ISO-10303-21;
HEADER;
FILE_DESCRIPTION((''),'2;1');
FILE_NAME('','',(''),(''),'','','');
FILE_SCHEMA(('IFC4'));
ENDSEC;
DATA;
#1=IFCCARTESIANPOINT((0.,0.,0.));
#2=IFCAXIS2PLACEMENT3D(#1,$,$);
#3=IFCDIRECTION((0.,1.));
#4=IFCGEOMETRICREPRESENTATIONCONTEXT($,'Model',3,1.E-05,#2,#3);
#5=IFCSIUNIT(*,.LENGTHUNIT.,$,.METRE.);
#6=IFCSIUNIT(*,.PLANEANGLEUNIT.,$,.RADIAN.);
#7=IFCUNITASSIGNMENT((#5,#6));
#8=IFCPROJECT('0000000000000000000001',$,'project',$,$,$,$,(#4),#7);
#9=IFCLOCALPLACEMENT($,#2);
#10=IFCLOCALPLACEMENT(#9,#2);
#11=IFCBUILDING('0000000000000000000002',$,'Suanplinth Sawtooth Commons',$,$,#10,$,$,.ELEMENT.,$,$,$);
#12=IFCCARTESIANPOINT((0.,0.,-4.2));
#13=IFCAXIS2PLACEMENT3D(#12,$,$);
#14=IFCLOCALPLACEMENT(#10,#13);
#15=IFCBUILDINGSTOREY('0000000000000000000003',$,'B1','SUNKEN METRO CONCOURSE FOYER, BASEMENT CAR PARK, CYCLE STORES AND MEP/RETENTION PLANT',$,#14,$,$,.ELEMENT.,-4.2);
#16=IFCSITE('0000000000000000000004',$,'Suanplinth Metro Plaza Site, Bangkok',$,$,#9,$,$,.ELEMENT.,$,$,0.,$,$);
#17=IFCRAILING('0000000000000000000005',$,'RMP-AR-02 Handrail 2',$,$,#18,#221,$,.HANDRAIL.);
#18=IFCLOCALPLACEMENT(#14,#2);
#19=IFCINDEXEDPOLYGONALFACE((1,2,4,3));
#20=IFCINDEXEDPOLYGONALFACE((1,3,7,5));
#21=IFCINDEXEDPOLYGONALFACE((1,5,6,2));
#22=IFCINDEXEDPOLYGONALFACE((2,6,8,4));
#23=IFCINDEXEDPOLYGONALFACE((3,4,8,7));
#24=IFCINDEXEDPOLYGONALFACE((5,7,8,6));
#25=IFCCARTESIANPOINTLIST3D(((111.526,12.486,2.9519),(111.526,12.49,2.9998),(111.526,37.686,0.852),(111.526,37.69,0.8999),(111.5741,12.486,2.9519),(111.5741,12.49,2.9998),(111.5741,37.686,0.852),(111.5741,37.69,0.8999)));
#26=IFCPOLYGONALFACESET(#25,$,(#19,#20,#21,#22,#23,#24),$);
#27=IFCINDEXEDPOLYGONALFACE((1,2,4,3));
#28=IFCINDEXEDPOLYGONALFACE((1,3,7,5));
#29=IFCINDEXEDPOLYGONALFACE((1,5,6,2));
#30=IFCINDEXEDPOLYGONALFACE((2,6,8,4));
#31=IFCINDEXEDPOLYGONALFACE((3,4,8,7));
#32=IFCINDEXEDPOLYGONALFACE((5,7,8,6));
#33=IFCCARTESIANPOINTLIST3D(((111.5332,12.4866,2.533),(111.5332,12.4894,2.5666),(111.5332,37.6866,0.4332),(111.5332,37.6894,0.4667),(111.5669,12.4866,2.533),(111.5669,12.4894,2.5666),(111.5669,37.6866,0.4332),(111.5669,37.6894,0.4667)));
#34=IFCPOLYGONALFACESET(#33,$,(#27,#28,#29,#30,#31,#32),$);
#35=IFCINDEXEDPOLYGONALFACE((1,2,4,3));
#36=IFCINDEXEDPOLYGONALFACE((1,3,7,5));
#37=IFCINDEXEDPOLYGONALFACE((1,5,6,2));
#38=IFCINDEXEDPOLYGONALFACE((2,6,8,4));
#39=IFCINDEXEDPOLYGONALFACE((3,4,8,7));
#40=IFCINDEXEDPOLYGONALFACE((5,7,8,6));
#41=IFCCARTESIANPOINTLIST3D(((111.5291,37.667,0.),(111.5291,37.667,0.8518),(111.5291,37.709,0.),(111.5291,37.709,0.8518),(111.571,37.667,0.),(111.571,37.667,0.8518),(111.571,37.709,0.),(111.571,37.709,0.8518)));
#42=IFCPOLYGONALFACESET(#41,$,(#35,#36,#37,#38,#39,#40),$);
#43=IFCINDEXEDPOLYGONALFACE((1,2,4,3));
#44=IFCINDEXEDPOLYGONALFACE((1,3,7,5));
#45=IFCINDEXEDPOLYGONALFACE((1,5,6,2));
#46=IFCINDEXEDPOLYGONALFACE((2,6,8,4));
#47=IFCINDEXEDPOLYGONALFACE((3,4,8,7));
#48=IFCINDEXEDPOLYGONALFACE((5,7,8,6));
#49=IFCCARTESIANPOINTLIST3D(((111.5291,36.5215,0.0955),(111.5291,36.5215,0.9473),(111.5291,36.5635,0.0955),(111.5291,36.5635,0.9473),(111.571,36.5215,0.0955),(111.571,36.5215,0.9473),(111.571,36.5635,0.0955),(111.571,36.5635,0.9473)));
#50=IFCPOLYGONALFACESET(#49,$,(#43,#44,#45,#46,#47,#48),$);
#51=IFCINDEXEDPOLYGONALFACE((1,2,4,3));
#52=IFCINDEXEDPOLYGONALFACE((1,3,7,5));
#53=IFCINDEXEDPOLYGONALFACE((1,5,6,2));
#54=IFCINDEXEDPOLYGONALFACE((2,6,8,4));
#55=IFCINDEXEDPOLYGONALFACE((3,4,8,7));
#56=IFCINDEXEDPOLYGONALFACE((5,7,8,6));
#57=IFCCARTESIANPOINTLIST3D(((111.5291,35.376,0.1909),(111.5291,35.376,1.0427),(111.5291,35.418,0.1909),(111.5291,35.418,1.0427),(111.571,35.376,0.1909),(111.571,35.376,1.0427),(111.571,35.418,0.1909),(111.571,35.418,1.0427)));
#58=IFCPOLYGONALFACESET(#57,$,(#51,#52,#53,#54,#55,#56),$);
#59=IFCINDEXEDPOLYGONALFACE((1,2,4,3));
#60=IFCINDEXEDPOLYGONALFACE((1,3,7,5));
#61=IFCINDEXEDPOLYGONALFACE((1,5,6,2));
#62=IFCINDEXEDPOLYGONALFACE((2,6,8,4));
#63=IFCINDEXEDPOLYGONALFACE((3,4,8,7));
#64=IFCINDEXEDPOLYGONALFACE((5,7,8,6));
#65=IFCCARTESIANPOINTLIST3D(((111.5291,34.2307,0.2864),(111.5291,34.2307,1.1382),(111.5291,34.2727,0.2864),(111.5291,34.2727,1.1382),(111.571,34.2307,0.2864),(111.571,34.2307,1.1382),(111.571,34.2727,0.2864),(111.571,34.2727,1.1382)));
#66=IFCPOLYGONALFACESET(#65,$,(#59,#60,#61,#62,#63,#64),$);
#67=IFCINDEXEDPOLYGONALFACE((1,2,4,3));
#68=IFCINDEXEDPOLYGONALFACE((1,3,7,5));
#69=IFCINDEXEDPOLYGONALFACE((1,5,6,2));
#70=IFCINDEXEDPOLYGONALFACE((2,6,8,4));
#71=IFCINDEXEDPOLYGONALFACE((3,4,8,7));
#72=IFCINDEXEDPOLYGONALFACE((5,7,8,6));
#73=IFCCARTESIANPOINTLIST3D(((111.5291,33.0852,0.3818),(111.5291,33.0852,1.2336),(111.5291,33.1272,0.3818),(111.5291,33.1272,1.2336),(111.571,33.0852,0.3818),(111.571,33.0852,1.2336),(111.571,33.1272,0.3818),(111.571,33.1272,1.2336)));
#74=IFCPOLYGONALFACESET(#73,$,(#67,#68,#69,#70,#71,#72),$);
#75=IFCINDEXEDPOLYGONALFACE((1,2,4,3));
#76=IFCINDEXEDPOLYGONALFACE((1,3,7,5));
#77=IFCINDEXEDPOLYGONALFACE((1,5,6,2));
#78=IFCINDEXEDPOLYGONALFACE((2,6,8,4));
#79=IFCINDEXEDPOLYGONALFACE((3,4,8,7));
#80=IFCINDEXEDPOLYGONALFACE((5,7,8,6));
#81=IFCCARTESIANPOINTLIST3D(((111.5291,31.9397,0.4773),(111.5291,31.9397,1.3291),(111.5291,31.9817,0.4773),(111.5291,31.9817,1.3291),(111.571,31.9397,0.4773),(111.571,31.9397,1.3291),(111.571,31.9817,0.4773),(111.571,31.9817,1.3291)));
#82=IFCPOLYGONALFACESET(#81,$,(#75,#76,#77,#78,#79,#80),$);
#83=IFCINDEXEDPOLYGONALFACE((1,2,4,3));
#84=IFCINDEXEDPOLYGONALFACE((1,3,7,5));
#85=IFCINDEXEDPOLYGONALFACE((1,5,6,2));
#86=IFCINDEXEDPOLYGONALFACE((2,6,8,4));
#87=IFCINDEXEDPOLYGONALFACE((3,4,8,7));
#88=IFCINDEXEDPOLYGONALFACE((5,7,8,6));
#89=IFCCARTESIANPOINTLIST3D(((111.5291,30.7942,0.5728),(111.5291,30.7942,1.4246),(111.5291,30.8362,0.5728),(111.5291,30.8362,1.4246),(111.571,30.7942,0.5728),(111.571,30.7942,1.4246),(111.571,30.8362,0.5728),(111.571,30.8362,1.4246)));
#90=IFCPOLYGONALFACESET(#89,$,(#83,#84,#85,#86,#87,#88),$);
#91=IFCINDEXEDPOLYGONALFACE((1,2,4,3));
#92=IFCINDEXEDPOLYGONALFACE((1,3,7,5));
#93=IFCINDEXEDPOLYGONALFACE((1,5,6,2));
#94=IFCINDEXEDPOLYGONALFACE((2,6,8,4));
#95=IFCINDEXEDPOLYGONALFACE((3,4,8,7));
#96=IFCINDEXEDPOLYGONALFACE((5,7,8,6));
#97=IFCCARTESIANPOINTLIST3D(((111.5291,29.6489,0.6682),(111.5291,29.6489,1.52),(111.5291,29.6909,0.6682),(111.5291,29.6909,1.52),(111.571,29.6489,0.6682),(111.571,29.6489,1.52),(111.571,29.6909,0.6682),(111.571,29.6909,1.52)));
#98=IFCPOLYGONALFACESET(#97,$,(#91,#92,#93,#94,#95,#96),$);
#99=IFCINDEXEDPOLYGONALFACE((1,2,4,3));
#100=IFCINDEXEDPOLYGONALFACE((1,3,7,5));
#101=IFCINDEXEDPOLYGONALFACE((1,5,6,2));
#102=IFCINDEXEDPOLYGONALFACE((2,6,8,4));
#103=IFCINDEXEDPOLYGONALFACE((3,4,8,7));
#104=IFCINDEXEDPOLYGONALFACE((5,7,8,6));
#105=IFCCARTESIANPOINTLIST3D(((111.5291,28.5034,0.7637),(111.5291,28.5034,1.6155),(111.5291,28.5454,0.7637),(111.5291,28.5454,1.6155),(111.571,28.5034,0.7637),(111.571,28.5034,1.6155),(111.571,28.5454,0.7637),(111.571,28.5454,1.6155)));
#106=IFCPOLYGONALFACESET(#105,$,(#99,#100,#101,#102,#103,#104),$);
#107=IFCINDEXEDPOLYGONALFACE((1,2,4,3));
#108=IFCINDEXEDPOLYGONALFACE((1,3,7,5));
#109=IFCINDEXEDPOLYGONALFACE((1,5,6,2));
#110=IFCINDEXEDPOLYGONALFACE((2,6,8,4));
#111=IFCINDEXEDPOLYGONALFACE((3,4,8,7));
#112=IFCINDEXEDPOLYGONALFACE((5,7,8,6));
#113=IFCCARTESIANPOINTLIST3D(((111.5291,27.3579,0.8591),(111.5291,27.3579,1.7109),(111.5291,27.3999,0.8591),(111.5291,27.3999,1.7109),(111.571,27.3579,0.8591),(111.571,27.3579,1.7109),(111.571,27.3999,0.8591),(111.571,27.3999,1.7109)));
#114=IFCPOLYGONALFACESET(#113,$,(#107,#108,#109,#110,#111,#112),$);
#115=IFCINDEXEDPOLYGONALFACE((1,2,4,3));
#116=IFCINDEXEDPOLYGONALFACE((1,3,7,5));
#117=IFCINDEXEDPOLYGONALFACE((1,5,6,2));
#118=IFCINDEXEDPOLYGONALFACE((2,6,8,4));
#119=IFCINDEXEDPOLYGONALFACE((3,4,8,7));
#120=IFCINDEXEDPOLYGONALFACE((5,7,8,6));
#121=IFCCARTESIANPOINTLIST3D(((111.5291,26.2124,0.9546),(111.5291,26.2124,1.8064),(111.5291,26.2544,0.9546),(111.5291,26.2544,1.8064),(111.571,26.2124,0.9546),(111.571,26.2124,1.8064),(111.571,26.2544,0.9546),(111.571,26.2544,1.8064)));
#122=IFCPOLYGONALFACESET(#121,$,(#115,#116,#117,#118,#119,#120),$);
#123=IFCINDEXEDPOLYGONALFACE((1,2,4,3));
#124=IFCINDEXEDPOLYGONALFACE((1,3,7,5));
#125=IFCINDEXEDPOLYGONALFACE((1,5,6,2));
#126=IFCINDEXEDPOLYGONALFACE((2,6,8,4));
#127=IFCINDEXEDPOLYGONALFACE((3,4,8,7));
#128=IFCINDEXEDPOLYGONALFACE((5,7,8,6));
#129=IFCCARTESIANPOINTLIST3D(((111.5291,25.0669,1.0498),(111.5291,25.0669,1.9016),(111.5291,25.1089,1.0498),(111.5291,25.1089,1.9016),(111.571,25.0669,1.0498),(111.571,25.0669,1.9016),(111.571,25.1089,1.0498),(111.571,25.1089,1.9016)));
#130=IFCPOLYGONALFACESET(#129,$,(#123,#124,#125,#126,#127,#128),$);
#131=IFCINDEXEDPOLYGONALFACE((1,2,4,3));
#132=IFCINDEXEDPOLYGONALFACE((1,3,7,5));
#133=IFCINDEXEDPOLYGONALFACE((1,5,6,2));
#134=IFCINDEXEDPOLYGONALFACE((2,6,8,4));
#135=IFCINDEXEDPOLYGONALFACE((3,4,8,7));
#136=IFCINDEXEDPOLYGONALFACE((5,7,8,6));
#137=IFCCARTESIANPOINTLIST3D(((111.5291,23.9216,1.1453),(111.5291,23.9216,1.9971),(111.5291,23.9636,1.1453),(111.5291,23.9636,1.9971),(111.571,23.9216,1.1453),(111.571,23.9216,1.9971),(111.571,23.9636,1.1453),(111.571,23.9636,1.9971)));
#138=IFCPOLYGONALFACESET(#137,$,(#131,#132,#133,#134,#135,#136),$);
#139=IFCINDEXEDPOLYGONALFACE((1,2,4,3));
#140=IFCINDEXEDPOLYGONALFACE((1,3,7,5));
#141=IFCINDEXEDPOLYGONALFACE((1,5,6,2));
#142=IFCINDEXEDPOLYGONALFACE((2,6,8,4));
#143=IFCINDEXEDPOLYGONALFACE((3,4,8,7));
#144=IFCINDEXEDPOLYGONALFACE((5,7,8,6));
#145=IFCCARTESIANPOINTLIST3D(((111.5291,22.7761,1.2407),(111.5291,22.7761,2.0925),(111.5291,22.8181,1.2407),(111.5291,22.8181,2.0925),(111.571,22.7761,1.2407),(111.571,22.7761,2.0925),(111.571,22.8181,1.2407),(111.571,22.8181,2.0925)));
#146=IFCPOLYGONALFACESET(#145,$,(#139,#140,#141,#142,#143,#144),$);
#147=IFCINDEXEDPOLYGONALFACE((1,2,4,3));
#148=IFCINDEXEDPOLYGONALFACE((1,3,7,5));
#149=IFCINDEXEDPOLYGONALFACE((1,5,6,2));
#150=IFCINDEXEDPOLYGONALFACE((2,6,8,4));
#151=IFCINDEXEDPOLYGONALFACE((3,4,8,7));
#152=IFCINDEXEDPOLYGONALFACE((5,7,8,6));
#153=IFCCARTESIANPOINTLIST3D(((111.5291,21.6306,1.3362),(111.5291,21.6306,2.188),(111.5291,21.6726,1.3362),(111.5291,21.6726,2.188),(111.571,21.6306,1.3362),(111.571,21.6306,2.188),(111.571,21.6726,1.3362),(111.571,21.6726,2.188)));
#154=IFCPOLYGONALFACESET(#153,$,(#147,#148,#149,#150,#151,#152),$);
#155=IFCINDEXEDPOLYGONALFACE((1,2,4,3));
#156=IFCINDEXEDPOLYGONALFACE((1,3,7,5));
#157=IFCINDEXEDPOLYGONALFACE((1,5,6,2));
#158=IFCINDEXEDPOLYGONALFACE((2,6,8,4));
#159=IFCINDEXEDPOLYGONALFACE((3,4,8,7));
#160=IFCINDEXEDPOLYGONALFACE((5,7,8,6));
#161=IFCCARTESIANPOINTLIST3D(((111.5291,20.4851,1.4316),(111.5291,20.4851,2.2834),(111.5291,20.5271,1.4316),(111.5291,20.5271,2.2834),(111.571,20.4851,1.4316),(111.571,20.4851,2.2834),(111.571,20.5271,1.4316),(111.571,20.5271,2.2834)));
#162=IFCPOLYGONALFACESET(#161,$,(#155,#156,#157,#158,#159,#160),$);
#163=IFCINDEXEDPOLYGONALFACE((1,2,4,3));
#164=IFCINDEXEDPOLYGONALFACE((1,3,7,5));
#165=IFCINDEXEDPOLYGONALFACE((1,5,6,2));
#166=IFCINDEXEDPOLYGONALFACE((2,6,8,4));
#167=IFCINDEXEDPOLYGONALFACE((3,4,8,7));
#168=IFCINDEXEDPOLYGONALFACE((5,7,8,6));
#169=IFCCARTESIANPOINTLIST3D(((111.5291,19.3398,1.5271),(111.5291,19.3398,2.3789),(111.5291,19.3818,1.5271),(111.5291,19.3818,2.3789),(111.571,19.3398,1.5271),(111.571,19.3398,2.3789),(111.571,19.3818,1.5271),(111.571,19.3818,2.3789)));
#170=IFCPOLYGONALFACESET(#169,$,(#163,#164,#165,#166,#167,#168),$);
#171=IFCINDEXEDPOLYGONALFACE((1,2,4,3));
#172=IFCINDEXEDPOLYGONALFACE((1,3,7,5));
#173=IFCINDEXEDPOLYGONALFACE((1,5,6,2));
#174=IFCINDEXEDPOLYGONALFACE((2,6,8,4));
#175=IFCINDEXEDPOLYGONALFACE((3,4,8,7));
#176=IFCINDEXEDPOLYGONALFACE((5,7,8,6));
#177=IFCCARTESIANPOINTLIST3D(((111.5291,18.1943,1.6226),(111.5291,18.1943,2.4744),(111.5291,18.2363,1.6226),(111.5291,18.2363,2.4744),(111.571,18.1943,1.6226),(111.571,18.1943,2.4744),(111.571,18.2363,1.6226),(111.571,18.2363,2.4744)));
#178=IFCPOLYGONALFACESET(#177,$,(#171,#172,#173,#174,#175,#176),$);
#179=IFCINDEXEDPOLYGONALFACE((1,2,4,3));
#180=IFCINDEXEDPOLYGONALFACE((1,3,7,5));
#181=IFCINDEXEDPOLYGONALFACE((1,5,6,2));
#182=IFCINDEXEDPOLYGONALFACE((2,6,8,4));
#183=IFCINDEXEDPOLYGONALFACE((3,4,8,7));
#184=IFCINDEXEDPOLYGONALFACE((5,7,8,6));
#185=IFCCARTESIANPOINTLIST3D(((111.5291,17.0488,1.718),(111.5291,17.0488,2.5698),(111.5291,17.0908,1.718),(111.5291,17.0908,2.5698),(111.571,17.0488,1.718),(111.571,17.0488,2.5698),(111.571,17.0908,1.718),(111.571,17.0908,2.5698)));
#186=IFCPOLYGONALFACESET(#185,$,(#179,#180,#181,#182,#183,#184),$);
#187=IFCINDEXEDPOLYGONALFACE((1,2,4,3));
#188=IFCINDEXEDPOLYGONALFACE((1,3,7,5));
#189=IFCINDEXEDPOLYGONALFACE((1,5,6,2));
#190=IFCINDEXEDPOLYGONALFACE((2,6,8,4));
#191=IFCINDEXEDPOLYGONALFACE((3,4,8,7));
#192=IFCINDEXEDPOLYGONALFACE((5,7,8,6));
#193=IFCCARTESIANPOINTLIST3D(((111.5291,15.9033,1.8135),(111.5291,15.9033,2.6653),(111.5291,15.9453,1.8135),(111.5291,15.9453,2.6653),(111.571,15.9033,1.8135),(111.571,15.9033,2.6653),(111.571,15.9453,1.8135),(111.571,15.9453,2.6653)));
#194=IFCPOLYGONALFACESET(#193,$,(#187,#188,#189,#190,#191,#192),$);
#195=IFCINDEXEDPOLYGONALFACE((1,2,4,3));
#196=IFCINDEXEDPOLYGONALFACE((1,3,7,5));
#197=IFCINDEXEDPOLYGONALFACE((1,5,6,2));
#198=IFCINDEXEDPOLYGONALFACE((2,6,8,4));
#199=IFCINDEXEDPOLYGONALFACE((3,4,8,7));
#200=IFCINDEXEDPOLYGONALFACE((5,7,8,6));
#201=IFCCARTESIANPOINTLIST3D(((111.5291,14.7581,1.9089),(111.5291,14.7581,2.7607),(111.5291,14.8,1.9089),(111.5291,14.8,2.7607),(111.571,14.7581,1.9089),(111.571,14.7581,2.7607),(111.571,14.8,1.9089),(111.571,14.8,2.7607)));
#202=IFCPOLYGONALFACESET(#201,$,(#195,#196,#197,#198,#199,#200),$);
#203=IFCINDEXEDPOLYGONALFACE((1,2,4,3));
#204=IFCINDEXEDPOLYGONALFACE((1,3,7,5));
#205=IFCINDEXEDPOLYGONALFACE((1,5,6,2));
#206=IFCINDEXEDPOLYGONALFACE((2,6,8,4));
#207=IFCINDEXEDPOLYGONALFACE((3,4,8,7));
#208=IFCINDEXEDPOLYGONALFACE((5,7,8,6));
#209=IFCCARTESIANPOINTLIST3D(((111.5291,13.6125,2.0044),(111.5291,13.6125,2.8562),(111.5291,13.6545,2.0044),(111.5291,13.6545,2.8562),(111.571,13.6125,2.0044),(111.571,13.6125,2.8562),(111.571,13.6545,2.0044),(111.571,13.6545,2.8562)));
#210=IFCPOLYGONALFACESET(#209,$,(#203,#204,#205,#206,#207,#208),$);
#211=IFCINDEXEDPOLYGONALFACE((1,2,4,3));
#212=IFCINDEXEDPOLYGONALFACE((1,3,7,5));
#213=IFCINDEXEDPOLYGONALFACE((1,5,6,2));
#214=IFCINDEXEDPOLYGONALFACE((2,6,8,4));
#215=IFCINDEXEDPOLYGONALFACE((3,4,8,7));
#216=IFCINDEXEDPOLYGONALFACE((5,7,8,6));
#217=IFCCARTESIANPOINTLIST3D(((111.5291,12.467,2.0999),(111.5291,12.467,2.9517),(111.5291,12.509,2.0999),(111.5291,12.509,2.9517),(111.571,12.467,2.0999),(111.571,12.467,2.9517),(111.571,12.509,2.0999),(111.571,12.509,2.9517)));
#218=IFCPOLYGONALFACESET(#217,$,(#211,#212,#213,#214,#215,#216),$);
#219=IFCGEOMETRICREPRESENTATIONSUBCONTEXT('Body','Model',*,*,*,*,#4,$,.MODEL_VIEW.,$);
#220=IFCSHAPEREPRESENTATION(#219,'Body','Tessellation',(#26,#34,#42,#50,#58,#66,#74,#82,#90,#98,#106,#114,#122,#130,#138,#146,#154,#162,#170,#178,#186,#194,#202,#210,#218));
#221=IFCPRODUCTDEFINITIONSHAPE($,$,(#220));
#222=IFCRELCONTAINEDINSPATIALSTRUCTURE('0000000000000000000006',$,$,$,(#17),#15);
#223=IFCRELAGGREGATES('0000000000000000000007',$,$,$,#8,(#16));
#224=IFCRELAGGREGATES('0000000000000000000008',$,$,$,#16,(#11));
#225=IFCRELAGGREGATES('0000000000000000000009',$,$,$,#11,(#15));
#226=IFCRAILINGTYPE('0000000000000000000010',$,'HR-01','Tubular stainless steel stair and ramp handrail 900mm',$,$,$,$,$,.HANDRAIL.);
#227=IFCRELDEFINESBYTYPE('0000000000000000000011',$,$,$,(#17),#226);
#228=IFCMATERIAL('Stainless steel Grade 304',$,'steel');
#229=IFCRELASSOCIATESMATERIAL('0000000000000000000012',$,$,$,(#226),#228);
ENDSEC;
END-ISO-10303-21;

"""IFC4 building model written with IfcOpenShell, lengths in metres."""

from ifc_helpers import new_model, si_unit, direction, frame, origin, origin_2d, place, context, subcontext, project, spatial, rectangle, extrude, material, type_object, element, save


model = new_model("IFC4")

# Units and contexts
model_context = context("Model", 3, precision=1e-05, world=origin(), true_north=direction((0.0, 1.0)))
body_context = subcontext(model_context, "Body", "Model", "MODEL_VIEW")
ifc_project = project(units=[si_unit("LENGTHUNIT", "METRE"), si_unit("PLANEANGLEUNIT", "RADIAN")], contexts=[model_context])

# Site, building, storey
site_placement = place(None, origin())
site = spatial("IfcSite", under=ifc_project, at=site_placement, Name="Suanplinth Metro Plaza Site, Bangkok", CompositionType="ELEMENT", RefElevation=0.0)
building_placement = place(site_placement, origin())
building = spatial("IfcBuilding", under=site, at=building_placement, Name="Suanplinth Sawtooth Commons", CompositionType="ELEMENT")
storey_placement = place(building_placement, frame((0.0, 0.0, -4.2)))
storey = spatial("IfcBuildingStorey", under=building, at=storey_placement, Name="B1", Description="SUNKEN METRO CONCOURSE FOYER, BASEMENT CAR PARK, CYCLE STORES AND MEP/RETENTION PLANT", CompositionType="ELEMENT", Elevation=-4.2)

# Railing
ifc_material_1 = material(Name="Stainless steel Grade 304", Category="steel")
railing_type_1 = type_object("IfcRailingType", Name="HR-01", Description="Tubular stainless steel stair and ramp handrail 900mm", PredefinedType="HANDRAIL", material=ifc_material_1)
railing_1_placement = place(storey_placement, frame((111.55, 37.688, 0.0)))
element("IfcRailing", 1, at=railing_1_placement, inside=storey, type_object=railing_type_1, Name="RMP-AR-02 Handrail 2", PredefinedType="HANDRAIL", context=body_context, shape_type="SweptSolid", body=[
    extrude(rectangle(XDim=0.0481, YDim=0.0481, at=origin_2d()), frame((0.0, 0.0, 0.876), z_axis=(0.0, -0.996546, 0.08304), x_axis=(1.0, 0.0, 0.0)), (0.0, 0.0, 1.0), 25.2874),
    extrude(rectangle(XDim=0.0337, YDim=0.0337, at=origin_2d()), frame((0.0, 0.0, 0.45), z_axis=(0.0, -0.996546, 0.08304), x_axis=(1.0, 0.0, 0.0)), (0.0, 0.0, 1.0), 25.2874),
    extrude(rectangle(XDim=0.042, YDim=0.042, at=origin_2d()), origin(), (0.0, 0.0, 1.0), 0.8518),
    extrude(rectangle(XDim=0.042, YDim=0.042, at=origin_2d()), frame((0.0, -1.1455, 0.0955)), (0.0, 0.0, 1.0), 0.8518),
    extrude(rectangle(XDim=0.042, YDim=0.042, at=origin_2d()), frame((0.0, -2.291, 0.1909)), (0.0, 0.0, 1.0), 0.8518),
    extrude(rectangle(XDim=0.042, YDim=0.042, at=origin_2d()), frame((0.0, -3.4363, 0.2864)), (0.0, 0.0, 1.0), 0.8518),
    extrude(rectangle(XDim=0.042, YDim=0.042, at=origin_2d()), frame((0.0, -4.5818, 0.3818)), (0.0, 0.0, 1.0), 0.8518),
    extrude(rectangle(XDim=0.042, YDim=0.042, at=origin_2d()), frame((0.0, -5.7273, 0.4773)), (0.0, 0.0, 1.0), 0.8518),
    extrude(rectangle(XDim=0.042, YDim=0.042, at=origin_2d()), frame((0.0, -6.8728, 0.5728)), (0.0, 0.0, 1.0), 0.8518),
    extrude(rectangle(XDim=0.042, YDim=0.042, at=origin_2d()), frame((0.0, -8.0181, 0.6682)), (0.0, 0.0, 1.0), 0.8518),
    extrude(rectangle(XDim=0.042, YDim=0.042, at=origin_2d()), frame((0.0, -9.1636, 0.7637)), (0.0, 0.0, 1.0), 0.8518),
    extrude(rectangle(XDim=0.042, YDim=0.042, at=origin_2d()), frame((0.0, -10.3091, 0.8591)), (0.0, 0.0, 1.0), 0.8518),
    extrude(rectangle(XDim=0.042, YDim=0.042, at=origin_2d()), frame((0.0, -11.4546, 0.9546)), (0.0, 0.0, 1.0), 0.8518),
    extrude(rectangle(XDim=0.042, YDim=0.042, at=origin_2d()), frame((0.0, -12.6001, 1.0498)), (0.0, 0.0, 1.0), 0.8518),
    extrude(rectangle(XDim=0.042, YDim=0.042, at=origin_2d()), frame((0.0, -13.7454, 1.1453)), (0.0, 0.0, 1.0), 0.8518),
    extrude(rectangle(XDim=0.042, YDim=0.042, at=origin_2d()), frame((0.0, -14.8909, 1.2407)), (0.0, 0.0, 1.0), 0.8518),
    extrude(rectangle(XDim=0.042, YDim=0.042, at=origin_2d()), frame((0.0, -16.0364, 1.3362)), (0.0, 0.0, 1.0), 0.8518),
    extrude(rectangle(XDim=0.042, YDim=0.042, at=origin_2d()), frame((0.0, -17.1819, 1.4316)), (0.0, 0.0, 1.0), 0.8518),
    extrude(rectangle(XDim=0.042, YDim=0.042, at=origin_2d()), frame((0.0, -18.3271, 1.5271)), (0.0, 0.0, 1.0), 0.8518),
    extrude(rectangle(XDim=0.042, YDim=0.042, at=origin_2d()), frame((0.0, -19.4727, 1.6226)), (0.0, 0.0, 1.0), 0.8518),
    extrude(rectangle(XDim=0.042, YDim=0.042, at=origin_2d()), frame((0.0, -20.6182, 1.718)), (0.0, 0.0, 1.0), 0.8518),
    extrude(rectangle(XDim=0.042, YDim=0.042, at=origin_2d()), frame((0.0, -21.7637, 1.8135)), (0.0, 0.0, 1.0), 0.8518),
    extrude(rectangle(XDim=0.042, YDim=0.042, at=origin_2d()), frame((0.0, -22.9089, 1.9089)), (0.0, 0.0, 1.0), 0.8518),
    extrude(rectangle(XDim=0.042, YDim=0.042, at=origin_2d()), frame((0.0, -24.0544, 2.0044)), (0.0, 0.0, 1.0), 0.8518),
    extrude(rectangle(XDim=0.042, YDim=0.042, at=origin_2d()), frame((0.0, -25.2, 2.0999)), (0.0, 0.0, 1.0), 0.8518),
])

save(model, "model.ifc")
